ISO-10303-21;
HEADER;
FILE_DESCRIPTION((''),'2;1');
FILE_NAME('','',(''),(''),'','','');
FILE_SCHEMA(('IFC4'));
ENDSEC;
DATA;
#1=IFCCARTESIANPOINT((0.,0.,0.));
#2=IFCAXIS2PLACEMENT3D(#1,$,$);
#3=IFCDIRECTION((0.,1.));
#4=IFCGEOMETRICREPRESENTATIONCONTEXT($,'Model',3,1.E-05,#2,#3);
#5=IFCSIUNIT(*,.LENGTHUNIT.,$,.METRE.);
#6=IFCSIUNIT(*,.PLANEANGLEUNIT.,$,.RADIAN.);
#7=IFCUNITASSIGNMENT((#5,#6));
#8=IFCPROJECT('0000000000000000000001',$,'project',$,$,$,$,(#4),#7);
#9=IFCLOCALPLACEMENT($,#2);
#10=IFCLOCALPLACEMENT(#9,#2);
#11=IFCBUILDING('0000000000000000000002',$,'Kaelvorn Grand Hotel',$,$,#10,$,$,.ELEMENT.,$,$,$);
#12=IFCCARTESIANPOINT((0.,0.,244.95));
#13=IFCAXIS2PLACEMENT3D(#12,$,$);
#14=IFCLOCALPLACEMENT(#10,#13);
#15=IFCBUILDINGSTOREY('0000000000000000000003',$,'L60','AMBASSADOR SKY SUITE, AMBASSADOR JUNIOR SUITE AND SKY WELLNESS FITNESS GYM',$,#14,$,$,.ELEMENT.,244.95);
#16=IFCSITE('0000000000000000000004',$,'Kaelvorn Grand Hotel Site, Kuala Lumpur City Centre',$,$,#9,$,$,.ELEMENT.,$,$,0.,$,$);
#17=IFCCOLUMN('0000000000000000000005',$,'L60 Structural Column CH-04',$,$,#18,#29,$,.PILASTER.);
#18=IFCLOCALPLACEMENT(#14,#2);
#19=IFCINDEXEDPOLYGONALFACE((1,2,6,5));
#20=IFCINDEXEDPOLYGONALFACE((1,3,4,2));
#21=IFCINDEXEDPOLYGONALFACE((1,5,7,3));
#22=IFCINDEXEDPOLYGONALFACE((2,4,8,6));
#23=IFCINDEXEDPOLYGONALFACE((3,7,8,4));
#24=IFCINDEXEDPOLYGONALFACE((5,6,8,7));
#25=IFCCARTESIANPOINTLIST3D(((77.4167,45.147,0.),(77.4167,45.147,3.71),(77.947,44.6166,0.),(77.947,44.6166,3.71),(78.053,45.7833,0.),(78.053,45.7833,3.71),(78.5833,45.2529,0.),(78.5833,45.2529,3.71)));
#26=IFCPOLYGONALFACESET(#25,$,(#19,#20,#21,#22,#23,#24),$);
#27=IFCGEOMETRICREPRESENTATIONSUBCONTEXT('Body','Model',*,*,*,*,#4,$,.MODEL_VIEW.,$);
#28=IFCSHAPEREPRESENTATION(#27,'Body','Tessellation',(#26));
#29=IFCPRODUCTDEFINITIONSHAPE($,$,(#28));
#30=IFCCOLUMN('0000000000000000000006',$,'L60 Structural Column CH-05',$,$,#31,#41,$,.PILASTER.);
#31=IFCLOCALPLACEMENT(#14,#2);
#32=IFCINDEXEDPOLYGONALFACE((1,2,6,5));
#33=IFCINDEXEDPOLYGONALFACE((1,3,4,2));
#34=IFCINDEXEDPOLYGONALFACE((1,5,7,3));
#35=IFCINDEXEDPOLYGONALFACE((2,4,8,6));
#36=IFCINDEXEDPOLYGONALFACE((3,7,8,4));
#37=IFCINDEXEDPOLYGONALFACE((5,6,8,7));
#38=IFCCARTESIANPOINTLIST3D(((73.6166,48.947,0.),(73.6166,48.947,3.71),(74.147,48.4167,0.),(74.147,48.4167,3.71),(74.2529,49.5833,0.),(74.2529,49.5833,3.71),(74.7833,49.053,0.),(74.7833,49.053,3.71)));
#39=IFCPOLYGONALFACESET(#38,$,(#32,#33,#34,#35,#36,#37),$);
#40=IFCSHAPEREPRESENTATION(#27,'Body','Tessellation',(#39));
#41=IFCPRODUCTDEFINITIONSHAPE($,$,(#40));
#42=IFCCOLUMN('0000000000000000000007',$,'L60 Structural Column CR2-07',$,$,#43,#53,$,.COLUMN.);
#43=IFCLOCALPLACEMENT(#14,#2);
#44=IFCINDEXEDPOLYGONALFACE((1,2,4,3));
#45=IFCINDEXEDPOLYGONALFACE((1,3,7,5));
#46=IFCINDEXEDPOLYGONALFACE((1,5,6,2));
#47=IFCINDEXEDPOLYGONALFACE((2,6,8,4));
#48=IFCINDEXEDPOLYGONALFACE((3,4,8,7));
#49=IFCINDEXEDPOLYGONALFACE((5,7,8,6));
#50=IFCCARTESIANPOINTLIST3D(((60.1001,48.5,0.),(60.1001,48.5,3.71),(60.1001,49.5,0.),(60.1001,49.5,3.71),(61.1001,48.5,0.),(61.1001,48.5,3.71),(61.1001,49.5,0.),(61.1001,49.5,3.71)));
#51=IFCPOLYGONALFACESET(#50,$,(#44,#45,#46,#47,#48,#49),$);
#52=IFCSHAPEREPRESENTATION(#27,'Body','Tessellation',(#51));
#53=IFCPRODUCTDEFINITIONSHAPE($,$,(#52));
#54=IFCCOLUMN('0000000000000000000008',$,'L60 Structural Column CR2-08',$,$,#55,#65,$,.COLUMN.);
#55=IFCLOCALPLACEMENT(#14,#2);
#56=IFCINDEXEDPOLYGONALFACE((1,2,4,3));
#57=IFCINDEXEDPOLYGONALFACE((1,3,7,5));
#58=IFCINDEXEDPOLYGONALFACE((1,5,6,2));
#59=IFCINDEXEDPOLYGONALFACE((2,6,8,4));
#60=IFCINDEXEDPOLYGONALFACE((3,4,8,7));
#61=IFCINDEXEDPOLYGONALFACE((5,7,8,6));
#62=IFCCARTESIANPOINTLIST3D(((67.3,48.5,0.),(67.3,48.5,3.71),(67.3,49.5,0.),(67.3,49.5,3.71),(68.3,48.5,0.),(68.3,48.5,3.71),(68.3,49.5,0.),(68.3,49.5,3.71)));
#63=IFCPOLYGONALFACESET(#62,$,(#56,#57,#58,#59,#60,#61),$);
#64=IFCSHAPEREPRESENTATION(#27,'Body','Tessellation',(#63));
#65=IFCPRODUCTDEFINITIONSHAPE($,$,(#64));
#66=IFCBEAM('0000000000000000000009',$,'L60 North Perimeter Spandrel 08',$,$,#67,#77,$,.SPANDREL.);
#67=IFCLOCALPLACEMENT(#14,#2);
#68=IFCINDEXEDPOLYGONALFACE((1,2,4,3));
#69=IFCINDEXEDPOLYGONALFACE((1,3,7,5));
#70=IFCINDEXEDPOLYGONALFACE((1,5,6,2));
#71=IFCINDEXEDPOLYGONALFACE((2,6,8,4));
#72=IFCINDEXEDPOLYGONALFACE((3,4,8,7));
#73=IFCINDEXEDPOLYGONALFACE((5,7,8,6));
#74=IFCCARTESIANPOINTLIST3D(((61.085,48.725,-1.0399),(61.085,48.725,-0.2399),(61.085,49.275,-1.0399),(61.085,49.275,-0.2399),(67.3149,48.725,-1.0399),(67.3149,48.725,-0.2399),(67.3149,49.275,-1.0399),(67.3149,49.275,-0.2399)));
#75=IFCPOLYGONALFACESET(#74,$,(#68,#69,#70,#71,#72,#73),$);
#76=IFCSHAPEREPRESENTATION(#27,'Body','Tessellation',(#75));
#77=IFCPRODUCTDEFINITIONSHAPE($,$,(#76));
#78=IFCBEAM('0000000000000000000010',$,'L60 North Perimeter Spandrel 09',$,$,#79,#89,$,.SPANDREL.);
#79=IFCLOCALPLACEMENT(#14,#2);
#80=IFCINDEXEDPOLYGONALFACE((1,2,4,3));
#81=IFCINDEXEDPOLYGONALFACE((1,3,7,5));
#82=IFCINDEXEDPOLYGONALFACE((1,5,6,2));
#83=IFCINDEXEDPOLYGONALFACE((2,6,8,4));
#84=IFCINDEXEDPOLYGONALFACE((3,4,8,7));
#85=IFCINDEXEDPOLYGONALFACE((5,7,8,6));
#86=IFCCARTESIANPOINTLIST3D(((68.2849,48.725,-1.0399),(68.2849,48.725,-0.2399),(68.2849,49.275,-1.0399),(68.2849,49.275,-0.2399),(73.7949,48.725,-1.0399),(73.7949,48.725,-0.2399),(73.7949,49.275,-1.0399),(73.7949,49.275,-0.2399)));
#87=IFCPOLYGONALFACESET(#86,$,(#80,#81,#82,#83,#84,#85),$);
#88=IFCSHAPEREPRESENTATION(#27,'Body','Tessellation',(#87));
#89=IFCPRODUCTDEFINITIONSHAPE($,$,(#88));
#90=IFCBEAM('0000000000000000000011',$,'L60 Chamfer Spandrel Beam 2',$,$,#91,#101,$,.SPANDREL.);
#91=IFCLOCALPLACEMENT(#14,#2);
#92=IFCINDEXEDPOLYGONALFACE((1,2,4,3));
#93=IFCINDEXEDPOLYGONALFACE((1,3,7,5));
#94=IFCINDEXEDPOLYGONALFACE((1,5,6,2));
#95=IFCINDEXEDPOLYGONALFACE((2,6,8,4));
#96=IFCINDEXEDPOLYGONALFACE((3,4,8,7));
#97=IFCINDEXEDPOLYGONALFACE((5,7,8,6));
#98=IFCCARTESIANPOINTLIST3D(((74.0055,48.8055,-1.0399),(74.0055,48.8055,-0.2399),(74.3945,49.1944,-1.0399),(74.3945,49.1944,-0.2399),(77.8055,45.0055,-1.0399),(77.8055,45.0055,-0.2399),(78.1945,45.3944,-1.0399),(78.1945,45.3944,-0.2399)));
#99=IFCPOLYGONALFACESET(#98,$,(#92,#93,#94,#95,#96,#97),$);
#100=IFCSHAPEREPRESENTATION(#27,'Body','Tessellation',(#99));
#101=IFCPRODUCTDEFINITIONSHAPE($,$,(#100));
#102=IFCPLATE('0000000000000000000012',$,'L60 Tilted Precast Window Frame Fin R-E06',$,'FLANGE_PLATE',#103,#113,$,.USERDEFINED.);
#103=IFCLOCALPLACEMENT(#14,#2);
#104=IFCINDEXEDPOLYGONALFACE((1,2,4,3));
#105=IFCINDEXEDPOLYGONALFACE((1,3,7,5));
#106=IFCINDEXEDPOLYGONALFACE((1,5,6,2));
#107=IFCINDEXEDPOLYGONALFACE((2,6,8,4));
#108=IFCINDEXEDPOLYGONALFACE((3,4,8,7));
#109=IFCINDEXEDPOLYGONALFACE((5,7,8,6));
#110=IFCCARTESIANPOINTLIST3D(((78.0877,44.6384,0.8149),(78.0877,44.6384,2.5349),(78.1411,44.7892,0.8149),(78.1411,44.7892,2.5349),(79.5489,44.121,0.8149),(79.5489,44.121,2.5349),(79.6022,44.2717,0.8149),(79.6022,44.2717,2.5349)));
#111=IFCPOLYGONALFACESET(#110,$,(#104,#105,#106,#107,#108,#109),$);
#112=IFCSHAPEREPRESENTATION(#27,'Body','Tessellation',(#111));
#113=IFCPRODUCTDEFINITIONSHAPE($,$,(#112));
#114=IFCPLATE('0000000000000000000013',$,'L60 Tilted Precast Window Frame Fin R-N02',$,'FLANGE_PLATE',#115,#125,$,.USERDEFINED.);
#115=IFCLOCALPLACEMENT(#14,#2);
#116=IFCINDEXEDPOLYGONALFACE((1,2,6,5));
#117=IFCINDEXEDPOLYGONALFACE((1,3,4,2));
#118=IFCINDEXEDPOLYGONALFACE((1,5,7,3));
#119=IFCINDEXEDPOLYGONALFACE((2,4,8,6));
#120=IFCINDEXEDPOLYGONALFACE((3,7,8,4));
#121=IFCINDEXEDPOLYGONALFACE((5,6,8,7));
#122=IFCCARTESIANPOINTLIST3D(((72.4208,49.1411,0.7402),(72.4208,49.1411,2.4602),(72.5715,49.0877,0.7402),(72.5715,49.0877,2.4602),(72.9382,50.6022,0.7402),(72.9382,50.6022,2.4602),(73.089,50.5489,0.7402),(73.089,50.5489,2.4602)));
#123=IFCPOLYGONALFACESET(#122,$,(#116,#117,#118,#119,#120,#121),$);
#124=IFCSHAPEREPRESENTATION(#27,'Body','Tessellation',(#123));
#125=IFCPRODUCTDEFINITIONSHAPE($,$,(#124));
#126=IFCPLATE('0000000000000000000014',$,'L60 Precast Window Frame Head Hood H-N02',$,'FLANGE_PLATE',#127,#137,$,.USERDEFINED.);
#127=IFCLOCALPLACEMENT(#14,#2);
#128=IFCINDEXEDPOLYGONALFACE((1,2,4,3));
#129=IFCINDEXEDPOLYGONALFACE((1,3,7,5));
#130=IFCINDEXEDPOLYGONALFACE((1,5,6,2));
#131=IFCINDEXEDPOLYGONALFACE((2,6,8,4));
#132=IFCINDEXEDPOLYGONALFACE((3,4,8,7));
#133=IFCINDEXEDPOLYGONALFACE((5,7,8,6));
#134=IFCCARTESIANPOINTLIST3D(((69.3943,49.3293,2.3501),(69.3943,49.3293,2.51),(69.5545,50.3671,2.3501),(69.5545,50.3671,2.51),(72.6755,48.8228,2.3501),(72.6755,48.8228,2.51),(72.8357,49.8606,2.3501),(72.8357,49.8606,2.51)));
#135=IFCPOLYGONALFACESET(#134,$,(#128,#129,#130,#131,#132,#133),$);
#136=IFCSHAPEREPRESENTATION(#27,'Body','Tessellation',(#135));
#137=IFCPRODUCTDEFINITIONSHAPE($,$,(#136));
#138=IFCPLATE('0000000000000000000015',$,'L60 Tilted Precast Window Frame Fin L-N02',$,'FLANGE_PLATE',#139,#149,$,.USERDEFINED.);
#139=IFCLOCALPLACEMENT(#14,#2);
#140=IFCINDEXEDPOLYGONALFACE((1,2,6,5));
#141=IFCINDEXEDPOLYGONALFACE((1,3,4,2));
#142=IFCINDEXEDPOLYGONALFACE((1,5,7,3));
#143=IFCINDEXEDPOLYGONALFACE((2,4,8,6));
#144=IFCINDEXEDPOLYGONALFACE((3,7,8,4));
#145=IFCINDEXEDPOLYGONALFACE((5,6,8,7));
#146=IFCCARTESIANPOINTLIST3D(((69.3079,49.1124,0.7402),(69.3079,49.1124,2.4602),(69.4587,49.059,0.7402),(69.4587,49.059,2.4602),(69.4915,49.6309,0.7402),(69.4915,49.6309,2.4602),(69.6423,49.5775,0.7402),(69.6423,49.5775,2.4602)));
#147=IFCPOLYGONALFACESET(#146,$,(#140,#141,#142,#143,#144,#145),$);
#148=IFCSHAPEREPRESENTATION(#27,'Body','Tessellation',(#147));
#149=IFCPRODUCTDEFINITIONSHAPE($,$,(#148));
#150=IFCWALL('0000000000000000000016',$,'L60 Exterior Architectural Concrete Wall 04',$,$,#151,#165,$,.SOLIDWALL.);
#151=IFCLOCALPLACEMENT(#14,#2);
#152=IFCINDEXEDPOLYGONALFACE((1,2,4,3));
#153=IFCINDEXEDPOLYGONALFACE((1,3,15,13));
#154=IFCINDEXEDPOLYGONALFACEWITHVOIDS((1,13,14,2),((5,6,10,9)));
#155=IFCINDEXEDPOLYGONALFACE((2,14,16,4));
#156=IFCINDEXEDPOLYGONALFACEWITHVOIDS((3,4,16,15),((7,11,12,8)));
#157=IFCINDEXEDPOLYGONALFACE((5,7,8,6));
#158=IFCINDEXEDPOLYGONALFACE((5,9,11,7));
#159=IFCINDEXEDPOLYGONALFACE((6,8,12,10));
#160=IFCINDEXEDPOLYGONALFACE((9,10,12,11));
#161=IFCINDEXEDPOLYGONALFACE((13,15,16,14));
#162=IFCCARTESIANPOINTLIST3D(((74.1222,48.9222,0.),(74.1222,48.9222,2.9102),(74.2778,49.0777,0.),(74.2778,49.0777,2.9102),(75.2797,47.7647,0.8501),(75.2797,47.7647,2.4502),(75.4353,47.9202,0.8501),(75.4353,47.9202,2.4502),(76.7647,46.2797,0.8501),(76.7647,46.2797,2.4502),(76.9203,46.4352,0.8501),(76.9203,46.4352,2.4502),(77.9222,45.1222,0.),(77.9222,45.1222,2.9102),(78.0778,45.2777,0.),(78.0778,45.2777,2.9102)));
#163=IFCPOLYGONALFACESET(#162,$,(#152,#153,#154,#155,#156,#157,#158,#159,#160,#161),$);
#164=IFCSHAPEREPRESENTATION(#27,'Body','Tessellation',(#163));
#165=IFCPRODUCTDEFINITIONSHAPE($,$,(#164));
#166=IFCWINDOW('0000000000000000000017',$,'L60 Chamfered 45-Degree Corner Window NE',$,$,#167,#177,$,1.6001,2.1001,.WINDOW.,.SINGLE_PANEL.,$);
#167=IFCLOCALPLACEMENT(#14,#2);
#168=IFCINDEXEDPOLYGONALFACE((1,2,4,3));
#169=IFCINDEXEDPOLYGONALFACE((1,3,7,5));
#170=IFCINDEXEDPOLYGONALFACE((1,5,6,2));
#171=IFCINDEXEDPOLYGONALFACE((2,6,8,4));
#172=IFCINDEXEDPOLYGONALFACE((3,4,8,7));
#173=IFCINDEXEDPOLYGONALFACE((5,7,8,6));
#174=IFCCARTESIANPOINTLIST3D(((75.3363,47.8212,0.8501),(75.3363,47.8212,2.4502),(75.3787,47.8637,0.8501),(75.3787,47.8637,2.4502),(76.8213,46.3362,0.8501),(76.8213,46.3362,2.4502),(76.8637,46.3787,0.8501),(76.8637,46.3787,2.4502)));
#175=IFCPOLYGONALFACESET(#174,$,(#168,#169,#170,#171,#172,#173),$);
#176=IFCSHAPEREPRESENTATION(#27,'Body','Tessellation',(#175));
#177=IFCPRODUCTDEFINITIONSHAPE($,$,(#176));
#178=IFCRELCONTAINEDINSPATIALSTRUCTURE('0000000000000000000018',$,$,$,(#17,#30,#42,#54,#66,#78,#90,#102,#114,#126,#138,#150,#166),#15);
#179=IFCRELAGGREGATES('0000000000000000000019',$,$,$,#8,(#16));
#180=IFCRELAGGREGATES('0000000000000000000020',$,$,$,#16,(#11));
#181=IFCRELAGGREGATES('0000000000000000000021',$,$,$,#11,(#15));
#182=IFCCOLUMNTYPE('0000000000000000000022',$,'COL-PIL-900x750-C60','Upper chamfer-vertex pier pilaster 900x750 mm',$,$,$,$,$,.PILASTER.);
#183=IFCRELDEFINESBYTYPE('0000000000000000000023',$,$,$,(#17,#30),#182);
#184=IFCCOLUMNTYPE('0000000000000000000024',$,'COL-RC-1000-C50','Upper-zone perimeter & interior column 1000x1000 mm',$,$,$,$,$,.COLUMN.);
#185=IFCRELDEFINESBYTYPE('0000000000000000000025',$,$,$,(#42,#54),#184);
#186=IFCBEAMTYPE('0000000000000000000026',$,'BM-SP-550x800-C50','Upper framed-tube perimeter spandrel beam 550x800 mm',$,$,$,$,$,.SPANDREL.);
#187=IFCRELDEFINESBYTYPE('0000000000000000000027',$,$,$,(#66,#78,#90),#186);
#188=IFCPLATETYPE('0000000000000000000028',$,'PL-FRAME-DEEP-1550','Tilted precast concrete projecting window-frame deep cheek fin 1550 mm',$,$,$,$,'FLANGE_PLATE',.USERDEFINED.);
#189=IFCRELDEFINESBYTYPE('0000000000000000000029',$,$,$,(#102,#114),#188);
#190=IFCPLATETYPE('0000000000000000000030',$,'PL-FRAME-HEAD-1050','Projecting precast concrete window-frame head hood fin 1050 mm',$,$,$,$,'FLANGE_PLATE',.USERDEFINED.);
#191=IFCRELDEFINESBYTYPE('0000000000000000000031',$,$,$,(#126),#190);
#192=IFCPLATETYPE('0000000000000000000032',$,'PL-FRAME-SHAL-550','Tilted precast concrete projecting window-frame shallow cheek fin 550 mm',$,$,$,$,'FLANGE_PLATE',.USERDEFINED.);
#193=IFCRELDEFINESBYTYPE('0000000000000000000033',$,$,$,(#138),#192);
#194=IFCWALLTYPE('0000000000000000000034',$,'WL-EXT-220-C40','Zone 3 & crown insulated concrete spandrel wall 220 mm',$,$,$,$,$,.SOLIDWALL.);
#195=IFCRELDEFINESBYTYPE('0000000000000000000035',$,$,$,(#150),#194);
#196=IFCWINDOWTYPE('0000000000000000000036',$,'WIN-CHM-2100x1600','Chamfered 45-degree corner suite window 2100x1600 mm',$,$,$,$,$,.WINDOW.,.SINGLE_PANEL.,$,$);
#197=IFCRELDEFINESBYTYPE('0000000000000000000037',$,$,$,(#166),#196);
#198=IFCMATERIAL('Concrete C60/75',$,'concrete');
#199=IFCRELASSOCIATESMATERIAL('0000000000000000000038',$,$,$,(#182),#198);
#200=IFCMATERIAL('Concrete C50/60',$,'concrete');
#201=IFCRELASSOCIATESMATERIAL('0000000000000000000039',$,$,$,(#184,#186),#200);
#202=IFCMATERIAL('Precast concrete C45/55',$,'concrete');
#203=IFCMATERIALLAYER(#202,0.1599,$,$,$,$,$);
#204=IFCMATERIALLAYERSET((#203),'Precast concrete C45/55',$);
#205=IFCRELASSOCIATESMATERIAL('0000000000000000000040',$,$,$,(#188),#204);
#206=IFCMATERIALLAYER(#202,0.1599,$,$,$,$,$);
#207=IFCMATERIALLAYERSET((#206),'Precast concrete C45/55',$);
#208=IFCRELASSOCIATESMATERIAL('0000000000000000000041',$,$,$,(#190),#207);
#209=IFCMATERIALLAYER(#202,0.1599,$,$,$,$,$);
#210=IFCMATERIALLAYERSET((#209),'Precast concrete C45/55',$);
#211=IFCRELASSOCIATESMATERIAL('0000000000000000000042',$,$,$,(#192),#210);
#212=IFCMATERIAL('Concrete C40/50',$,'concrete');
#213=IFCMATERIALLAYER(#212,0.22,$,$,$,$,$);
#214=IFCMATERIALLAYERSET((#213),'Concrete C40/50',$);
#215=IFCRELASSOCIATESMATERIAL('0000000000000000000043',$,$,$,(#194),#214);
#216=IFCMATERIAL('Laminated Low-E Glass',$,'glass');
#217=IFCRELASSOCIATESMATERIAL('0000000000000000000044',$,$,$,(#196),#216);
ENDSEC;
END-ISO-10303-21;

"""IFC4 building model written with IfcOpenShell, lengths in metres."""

from ifc_helpers import new_model, si_unit, direction, frame, frame_2d, origin, origin_2d, place, context, subcontext, project, spatial, rectangle, extrude, material, layer, layer_set, material_profile, profile_set, type_object, element, fill, save


model = new_model("IFC4")

# Units and contexts
model_context = context("Model", 3, precision=1e-05, world=origin(), true_north=direction((0.0, 1.0)))
body_context = subcontext(model_context, "Body", "Model", "MODEL_VIEW")
ifc_project = project(units=[si_unit("LENGTHUNIT", "METRE"), si_unit("PLANEANGLEUNIT", "RADIAN")], contexts=[model_context])

# Site, building, storey
site_placement = place(None, origin())
site = spatial("IfcSite", under=ifc_project, at=site_placement, Name="Kaelvorn Grand Hotel Site, Kuala Lumpur City Centre", CompositionType="ELEMENT", RefElevation=0.0)
building_placement = place(site_placement, origin())
building = spatial("IfcBuilding", under=site, at=building_placement, Name="Kaelvorn Grand Hotel", CompositionType="ELEMENT")
storey_placement = place(building_placement, frame((0.0, 0.0, 244.95)))
storey = spatial("IfcBuildingStorey", under=building, at=storey_placement, Name="L60", Description="AMBASSADOR SKY SUITE, AMBASSADOR JUNIOR SUITE AND SKY WELLNESS FITNESS GYM", CompositionType="ELEMENT", Elevation=244.95)

# Columns
ifc_material_1 = material(Name="Concrete C60/75", Category="concrete")
ifc_material_profile_1 = material_profile(ifc_material_1, rectangle(XDim=0.8999, YDim=0.75, at=origin_2d()), Name="RC PILASTER 900x750")
ifc_profile_set_1 = profile_set([ifc_material_profile_1], Name="Concrete C60/75")
column_type_1 = type_object("IfcColumnType", Name="COL-PIL-900x750-C60", Description="Upper chamfer-vertex pier pilaster 900x750 mm", PredefinedType="PILASTER", material=ifc_profile_set_1)
for number, where, z_axis, x_axis, name in (
    (1, (78.0, 45.2, 0.0), (0.0, 0.0, 1.0), (0.707107, 0.707107, 0.0), "L60 Structural Column CH-04"),
    (2, (74.2, 49.0, 0.0), (0.0, 0.0, 1.0), (0.707107, 0.707107, 0.0), "L60 Structural Column CH-05"),
):
    element("IfcColumn", number, at=place(storey_placement, frame(where, z_axis=z_axis, x_axis=x_axis)), inside=storey, type_object=column_type_1, Name=name, PredefinedType="PILASTER", context=body_context, shape_type="SweptSolid", body=[
        extrude(rectangle(XDim=0.8999, YDim=0.75, at=origin_2d()), origin(), (0.0, 0.0, 1.0), 3.71),
    ])
ifc_material_2 = material(Name="Concrete C50/60", Category="concrete")
ifc_material_profile_2 = material_profile(ifc_material_2, rectangle(XDim=1.0, YDim=1.0, at=origin_2d()), Name="RC COL 1000x1000")
ifc_profile_set_2 = profile_set([ifc_material_profile_2], Name="Concrete C50/60")
column_type_2 = type_object("IfcColumnType", Name="COL-RC-1000-C50", Description="Upper-zone perimeter & interior column 1000x1000 mm", PredefinedType="COLUMN", material=ifc_profile_set_2)
for number, where, z_axis, x_axis, name in (
    (3, (60.6001, 49.0, 0.0), (0.0, 0.0, 1.0), (1.0, 0.0, 0.0), "L60 Structural Column CR2-07"),
    (4, (67.8, 49.0, 0.0), (0.0, 0.0, 1.0), (1.0, 0.0, 0.0), "L60 Structural Column CR2-08"),
):
    element("IfcColumn", number, at=place(storey_placement, frame(where, z_axis=z_axis, x_axis=x_axis)), inside=storey, type_object=column_type_2, Name=name, PredefinedType="COLUMN", context=body_context, shape_type="SweptSolid", body=[
        extrude(rectangle(XDim=1.0, YDim=1.0, at=origin_2d()), origin(), (0.0, 0.0, 1.0), 3.71),
    ])

# Beams
ifc_material_profile_3 = material_profile(ifc_material_2, rectangle(XDim=0.55, YDim=0.8, at=origin_2d()), Name="RC SPANDREL 550x800")
ifc_profile_set_3 = profile_set([ifc_material_profile_3], Name="Concrete C50/60")
beam_type = type_object("IfcBeamType", Name="BM-SP-550x800-C50", Description="Upper framed-tube perimeter spandrel beam 550x800 mm", PredefinedType="SPANDREL", material=ifc_profile_set_3)
beam_1_placement = place(storey_placement, frame((61.085, 49.0, -0.6399), z_axis=(1.0, 0.0, 0.0), x_axis=(0.0, 1.0, 0.0)))
element("IfcBeam", 5, at=beam_1_placement, inside=storey, type_object=beam_type, Name="L60 North Perimeter Spandrel 08", PredefinedType="SPANDREL", context=body_context, shape_type="SweptSolid", body=[
    extrude(rectangle(XDim=0.55, YDim=0.8, at=origin_2d()), origin(), (0.0, 0.0, 1.0), 6.23),
])
beam_2_placement = place(storey_placement, frame((68.2849, 49.0, -0.6399), z_axis=(1.0, 0.0, 0.0), x_axis=(0.0, 1.0, 0.0)))
element("IfcBeam", 6, at=beam_2_placement, inside=storey, type_object=beam_type, Name="L60 North Perimeter Spandrel 09", PredefinedType="SPANDREL", context=body_context, shape_type="SweptSolid", body=[
    extrude(rectangle(XDim=0.55, YDim=0.8, at=origin_2d()), origin(), (0.0, 0.0, 1.0), 5.51),
])
beam_3_placement = place(storey_placement, frame((78.0, 45.2, -0.6399), z_axis=(-0.707107, 0.707107, 0.0), x_axis=(-0.707107, -0.707107, 0.0)))
element("IfcBeam", 7, at=beam_3_placement, inside=storey, type_object=beam_type, Name="L60 Chamfer Spandrel Beam 2", PredefinedType="SPANDREL", context=body_context, shape_type="SweptSolid", body=[
    extrude(rectangle(XDim=0.55, YDim=0.8, at=origin_2d()), origin(), (0.0, 0.0, 1.0), 5.374),
])

# Plates
ifc_material_3 = material(Name="Precast concrete C45/55", Category="concrete")
ifc_layer_1 = layer(ifc_material_3, 0.1599)
ifc_layer_set_1 = layer_set([ifc_layer_1], Name="Precast concrete C45/55")
plate_type_1 = type_object("IfcPlateType", Name="PL-FRAME-DEEP-1550", Description="Tilted precast concrete projecting window-frame deep cheek fin 1550 mm", ElementType="FLANGE_PLATE", PredefinedType="USERDEFINED", material=ifc_layer_set_1)
for number, where, z_axis, x_axis, name in (
    (8, (78.845, 44.4551, 0.8149), (0.0, 0.0, 1.0), (0.333807, 0.942641, 0.0), "L60 Tilted Precast Window Frame Fin R-E06"),
    (9, (72.7549, 49.845, 0.7402), (0.0, 0.0, 1.0), (0.942641, -0.333807, 0.0), "L60 Tilted Precast Window Frame Fin R-N02"),
):
    element("IfcPlate", number, at=place(storey_placement, frame(where, z_axis=z_axis, x_axis=x_axis)), inside=storey, type_object=plate_type_1, Name=name, ObjectType="FLANGE_PLATE", PredefinedType="USERDEFINED", context=body_context, shape_type="SweptSolid", body=[
        extrude(rectangle(XDim=0.1599, YDim=1.55, at=origin_2d()), origin(), (0.0, 0.0, 1.0), 1.72),
    ])
ifc_layer_2 = layer(ifc_material_3, 0.1599)
ifc_layer_set_2 = layer_set([ifc_layer_2], Name="Precast concrete C45/55")
plate_type_2 = type_object("IfcPlateType", Name="PL-FRAME-HEAD-1050", Description="Projecting precast concrete window-frame head hood fin 1050 mm", ElementType="FLANGE_PLATE", PredefinedType="USERDEFINED", material=ifc_layer_set_2)
plate_1_placement = place(storey_placement, frame((71.115, 49.595, 2.3501), z_axis=(0.0, 0.0, 1.0), x_axis=(0.988295, -0.152555, 0.0)))
element("IfcPlate", 10, at=plate_1_placement, inside=storey, type_object=plate_type_2, Name="L60 Precast Window Frame Head Hood H-N02", ObjectType="FLANGE_PLATE", PredefinedType="USERDEFINED", context=body_context, shape_type="SweptSolid", body=[
    extrude(rectangle(XDim=3.3201, YDim=1.05, at=origin_2d()), origin(), (0.0, 0.0, 1.0), 0.1599),
])
ifc_layer_3 = layer(ifc_material_3, 0.1599)
ifc_layer_set_3 = layer_set([ifc_layer_3], Name="Precast concrete C45/55")
plate_type_3 = type_object("IfcPlateType", Name="PL-FRAME-SHAL-550", Description="Tilted precast concrete projecting window-frame shallow cheek fin 550 mm", ElementType="FLANGE_PLATE", PredefinedType="USERDEFINED", material=ifc_layer_set_3)
plate_2_placement = place(storey_placement, frame((69.4751, 49.345, 0.7402), z_axis=(0.0, 0.0, 1.0), x_axis=(0.942641, -0.333807, 0.0)))
element("IfcPlate", 11, at=plate_2_placement, inside=storey, type_object=plate_type_3, Name="L60 Tilted Precast Window Frame Fin L-N02", ObjectType="FLANGE_PLATE", PredefinedType="USERDEFINED", context=body_context, shape_type="SweptSolid", body=[
    extrude(rectangle(XDim=0.1599, YDim=0.55, at=origin_2d()), origin(), (0.0, 0.0, 1.0), 1.72),
])

# Wall, opening, window
ifc_material_4 = material(Name="Concrete C40/50", Category="concrete")
ifc_layer_4 = layer(ifc_material_4, 0.22)
ifc_layer_set_4 = layer_set([ifc_layer_4], Name="Concrete C40/50")
wall_type_1 = type_object("IfcWallType", Name="WL-EXT-220-C40", Description="Zone 3 & crown insulated concrete spandrel wall 220 mm", PredefinedType="SOLIDWALL", material=ifc_layer_set_4)
wall_1_placement = place(storey_placement, frame((78.0, 45.2, 0.0), z_axis=(0.0, 0.0, 1.0), x_axis=(-0.707107, 0.707107, 0.0)))
wall_1 = element("IfcWall", 12, at=wall_1_placement, inside=storey, type_object=wall_type_1, Name="L60 Exterior Architectural Concrete Wall 04", PredefinedType="SOLIDWALL", context=body_context, shape_type="SweptSolid", body=[
    extrude(rectangle(XDim=5.374, YDim=0.22, at=frame_2d((2.687, 0.0))), origin(), (0.0, 0.0, 1.0), 2.9102),
])
opening_1_placement = place(wall_1_placement, frame((1.637, 0.0, 0.8501)))
opening_1 = element("IfcOpeningElement", 13, at=opening_1_placement, cuts=wall_1, PredefinedType="OPENING", context=body_context, shape_type="SweptSolid", body=[
    extrude(rectangle(XDim=2.1001, YDim=1.6001, at=frame_2d((1.05, 0.8))), frame((0.0, 0.1201, 0.0), z_axis=(0.0, -1.0, 0.0), x_axis=(1.0, 0.0, 0.0)), (0.0, 0.0, 1.0), 0.24),
])
ifc_material_5 = material(Name="Laminated Low-E Glass", Category="glass")
window_type_1 = type_object("IfcWindowType", Name="WIN-CHM-2100x1600", Description="Chamfered 45-degree corner suite window 2100x1600 mm", PartitioningType="SINGLE_PANEL", PredefinedType="WINDOW", material=ifc_material_5)
window_1_placement = place(opening_1_placement, origin())
window_1 = element("IfcWindow", 14, at=window_1_placement, inside=storey, type_object=window_type_1, Name="L60 Chamfered 45-Degree Corner Window NE", OverallHeight=1.6001, OverallWidth=2.1001, PartitioningType="SINGLE_PANEL", PredefinedType="WINDOW", context=body_context, shape_type="SweptSolid", body=[
    extrude(rectangle(XDim=2.1001, YDim=1.6001, at=frame_2d((1.05, 0.8))), frame((0.0, 0.03, 0.0), z_axis=(0.0, -1.0, 0.0), x_axis=(1.0, 0.0, 0.0)), (0.0, 0.0, 1.0), 0.0601),
])
fill(opening_1, window_1)

save(model, "model.ifc")
